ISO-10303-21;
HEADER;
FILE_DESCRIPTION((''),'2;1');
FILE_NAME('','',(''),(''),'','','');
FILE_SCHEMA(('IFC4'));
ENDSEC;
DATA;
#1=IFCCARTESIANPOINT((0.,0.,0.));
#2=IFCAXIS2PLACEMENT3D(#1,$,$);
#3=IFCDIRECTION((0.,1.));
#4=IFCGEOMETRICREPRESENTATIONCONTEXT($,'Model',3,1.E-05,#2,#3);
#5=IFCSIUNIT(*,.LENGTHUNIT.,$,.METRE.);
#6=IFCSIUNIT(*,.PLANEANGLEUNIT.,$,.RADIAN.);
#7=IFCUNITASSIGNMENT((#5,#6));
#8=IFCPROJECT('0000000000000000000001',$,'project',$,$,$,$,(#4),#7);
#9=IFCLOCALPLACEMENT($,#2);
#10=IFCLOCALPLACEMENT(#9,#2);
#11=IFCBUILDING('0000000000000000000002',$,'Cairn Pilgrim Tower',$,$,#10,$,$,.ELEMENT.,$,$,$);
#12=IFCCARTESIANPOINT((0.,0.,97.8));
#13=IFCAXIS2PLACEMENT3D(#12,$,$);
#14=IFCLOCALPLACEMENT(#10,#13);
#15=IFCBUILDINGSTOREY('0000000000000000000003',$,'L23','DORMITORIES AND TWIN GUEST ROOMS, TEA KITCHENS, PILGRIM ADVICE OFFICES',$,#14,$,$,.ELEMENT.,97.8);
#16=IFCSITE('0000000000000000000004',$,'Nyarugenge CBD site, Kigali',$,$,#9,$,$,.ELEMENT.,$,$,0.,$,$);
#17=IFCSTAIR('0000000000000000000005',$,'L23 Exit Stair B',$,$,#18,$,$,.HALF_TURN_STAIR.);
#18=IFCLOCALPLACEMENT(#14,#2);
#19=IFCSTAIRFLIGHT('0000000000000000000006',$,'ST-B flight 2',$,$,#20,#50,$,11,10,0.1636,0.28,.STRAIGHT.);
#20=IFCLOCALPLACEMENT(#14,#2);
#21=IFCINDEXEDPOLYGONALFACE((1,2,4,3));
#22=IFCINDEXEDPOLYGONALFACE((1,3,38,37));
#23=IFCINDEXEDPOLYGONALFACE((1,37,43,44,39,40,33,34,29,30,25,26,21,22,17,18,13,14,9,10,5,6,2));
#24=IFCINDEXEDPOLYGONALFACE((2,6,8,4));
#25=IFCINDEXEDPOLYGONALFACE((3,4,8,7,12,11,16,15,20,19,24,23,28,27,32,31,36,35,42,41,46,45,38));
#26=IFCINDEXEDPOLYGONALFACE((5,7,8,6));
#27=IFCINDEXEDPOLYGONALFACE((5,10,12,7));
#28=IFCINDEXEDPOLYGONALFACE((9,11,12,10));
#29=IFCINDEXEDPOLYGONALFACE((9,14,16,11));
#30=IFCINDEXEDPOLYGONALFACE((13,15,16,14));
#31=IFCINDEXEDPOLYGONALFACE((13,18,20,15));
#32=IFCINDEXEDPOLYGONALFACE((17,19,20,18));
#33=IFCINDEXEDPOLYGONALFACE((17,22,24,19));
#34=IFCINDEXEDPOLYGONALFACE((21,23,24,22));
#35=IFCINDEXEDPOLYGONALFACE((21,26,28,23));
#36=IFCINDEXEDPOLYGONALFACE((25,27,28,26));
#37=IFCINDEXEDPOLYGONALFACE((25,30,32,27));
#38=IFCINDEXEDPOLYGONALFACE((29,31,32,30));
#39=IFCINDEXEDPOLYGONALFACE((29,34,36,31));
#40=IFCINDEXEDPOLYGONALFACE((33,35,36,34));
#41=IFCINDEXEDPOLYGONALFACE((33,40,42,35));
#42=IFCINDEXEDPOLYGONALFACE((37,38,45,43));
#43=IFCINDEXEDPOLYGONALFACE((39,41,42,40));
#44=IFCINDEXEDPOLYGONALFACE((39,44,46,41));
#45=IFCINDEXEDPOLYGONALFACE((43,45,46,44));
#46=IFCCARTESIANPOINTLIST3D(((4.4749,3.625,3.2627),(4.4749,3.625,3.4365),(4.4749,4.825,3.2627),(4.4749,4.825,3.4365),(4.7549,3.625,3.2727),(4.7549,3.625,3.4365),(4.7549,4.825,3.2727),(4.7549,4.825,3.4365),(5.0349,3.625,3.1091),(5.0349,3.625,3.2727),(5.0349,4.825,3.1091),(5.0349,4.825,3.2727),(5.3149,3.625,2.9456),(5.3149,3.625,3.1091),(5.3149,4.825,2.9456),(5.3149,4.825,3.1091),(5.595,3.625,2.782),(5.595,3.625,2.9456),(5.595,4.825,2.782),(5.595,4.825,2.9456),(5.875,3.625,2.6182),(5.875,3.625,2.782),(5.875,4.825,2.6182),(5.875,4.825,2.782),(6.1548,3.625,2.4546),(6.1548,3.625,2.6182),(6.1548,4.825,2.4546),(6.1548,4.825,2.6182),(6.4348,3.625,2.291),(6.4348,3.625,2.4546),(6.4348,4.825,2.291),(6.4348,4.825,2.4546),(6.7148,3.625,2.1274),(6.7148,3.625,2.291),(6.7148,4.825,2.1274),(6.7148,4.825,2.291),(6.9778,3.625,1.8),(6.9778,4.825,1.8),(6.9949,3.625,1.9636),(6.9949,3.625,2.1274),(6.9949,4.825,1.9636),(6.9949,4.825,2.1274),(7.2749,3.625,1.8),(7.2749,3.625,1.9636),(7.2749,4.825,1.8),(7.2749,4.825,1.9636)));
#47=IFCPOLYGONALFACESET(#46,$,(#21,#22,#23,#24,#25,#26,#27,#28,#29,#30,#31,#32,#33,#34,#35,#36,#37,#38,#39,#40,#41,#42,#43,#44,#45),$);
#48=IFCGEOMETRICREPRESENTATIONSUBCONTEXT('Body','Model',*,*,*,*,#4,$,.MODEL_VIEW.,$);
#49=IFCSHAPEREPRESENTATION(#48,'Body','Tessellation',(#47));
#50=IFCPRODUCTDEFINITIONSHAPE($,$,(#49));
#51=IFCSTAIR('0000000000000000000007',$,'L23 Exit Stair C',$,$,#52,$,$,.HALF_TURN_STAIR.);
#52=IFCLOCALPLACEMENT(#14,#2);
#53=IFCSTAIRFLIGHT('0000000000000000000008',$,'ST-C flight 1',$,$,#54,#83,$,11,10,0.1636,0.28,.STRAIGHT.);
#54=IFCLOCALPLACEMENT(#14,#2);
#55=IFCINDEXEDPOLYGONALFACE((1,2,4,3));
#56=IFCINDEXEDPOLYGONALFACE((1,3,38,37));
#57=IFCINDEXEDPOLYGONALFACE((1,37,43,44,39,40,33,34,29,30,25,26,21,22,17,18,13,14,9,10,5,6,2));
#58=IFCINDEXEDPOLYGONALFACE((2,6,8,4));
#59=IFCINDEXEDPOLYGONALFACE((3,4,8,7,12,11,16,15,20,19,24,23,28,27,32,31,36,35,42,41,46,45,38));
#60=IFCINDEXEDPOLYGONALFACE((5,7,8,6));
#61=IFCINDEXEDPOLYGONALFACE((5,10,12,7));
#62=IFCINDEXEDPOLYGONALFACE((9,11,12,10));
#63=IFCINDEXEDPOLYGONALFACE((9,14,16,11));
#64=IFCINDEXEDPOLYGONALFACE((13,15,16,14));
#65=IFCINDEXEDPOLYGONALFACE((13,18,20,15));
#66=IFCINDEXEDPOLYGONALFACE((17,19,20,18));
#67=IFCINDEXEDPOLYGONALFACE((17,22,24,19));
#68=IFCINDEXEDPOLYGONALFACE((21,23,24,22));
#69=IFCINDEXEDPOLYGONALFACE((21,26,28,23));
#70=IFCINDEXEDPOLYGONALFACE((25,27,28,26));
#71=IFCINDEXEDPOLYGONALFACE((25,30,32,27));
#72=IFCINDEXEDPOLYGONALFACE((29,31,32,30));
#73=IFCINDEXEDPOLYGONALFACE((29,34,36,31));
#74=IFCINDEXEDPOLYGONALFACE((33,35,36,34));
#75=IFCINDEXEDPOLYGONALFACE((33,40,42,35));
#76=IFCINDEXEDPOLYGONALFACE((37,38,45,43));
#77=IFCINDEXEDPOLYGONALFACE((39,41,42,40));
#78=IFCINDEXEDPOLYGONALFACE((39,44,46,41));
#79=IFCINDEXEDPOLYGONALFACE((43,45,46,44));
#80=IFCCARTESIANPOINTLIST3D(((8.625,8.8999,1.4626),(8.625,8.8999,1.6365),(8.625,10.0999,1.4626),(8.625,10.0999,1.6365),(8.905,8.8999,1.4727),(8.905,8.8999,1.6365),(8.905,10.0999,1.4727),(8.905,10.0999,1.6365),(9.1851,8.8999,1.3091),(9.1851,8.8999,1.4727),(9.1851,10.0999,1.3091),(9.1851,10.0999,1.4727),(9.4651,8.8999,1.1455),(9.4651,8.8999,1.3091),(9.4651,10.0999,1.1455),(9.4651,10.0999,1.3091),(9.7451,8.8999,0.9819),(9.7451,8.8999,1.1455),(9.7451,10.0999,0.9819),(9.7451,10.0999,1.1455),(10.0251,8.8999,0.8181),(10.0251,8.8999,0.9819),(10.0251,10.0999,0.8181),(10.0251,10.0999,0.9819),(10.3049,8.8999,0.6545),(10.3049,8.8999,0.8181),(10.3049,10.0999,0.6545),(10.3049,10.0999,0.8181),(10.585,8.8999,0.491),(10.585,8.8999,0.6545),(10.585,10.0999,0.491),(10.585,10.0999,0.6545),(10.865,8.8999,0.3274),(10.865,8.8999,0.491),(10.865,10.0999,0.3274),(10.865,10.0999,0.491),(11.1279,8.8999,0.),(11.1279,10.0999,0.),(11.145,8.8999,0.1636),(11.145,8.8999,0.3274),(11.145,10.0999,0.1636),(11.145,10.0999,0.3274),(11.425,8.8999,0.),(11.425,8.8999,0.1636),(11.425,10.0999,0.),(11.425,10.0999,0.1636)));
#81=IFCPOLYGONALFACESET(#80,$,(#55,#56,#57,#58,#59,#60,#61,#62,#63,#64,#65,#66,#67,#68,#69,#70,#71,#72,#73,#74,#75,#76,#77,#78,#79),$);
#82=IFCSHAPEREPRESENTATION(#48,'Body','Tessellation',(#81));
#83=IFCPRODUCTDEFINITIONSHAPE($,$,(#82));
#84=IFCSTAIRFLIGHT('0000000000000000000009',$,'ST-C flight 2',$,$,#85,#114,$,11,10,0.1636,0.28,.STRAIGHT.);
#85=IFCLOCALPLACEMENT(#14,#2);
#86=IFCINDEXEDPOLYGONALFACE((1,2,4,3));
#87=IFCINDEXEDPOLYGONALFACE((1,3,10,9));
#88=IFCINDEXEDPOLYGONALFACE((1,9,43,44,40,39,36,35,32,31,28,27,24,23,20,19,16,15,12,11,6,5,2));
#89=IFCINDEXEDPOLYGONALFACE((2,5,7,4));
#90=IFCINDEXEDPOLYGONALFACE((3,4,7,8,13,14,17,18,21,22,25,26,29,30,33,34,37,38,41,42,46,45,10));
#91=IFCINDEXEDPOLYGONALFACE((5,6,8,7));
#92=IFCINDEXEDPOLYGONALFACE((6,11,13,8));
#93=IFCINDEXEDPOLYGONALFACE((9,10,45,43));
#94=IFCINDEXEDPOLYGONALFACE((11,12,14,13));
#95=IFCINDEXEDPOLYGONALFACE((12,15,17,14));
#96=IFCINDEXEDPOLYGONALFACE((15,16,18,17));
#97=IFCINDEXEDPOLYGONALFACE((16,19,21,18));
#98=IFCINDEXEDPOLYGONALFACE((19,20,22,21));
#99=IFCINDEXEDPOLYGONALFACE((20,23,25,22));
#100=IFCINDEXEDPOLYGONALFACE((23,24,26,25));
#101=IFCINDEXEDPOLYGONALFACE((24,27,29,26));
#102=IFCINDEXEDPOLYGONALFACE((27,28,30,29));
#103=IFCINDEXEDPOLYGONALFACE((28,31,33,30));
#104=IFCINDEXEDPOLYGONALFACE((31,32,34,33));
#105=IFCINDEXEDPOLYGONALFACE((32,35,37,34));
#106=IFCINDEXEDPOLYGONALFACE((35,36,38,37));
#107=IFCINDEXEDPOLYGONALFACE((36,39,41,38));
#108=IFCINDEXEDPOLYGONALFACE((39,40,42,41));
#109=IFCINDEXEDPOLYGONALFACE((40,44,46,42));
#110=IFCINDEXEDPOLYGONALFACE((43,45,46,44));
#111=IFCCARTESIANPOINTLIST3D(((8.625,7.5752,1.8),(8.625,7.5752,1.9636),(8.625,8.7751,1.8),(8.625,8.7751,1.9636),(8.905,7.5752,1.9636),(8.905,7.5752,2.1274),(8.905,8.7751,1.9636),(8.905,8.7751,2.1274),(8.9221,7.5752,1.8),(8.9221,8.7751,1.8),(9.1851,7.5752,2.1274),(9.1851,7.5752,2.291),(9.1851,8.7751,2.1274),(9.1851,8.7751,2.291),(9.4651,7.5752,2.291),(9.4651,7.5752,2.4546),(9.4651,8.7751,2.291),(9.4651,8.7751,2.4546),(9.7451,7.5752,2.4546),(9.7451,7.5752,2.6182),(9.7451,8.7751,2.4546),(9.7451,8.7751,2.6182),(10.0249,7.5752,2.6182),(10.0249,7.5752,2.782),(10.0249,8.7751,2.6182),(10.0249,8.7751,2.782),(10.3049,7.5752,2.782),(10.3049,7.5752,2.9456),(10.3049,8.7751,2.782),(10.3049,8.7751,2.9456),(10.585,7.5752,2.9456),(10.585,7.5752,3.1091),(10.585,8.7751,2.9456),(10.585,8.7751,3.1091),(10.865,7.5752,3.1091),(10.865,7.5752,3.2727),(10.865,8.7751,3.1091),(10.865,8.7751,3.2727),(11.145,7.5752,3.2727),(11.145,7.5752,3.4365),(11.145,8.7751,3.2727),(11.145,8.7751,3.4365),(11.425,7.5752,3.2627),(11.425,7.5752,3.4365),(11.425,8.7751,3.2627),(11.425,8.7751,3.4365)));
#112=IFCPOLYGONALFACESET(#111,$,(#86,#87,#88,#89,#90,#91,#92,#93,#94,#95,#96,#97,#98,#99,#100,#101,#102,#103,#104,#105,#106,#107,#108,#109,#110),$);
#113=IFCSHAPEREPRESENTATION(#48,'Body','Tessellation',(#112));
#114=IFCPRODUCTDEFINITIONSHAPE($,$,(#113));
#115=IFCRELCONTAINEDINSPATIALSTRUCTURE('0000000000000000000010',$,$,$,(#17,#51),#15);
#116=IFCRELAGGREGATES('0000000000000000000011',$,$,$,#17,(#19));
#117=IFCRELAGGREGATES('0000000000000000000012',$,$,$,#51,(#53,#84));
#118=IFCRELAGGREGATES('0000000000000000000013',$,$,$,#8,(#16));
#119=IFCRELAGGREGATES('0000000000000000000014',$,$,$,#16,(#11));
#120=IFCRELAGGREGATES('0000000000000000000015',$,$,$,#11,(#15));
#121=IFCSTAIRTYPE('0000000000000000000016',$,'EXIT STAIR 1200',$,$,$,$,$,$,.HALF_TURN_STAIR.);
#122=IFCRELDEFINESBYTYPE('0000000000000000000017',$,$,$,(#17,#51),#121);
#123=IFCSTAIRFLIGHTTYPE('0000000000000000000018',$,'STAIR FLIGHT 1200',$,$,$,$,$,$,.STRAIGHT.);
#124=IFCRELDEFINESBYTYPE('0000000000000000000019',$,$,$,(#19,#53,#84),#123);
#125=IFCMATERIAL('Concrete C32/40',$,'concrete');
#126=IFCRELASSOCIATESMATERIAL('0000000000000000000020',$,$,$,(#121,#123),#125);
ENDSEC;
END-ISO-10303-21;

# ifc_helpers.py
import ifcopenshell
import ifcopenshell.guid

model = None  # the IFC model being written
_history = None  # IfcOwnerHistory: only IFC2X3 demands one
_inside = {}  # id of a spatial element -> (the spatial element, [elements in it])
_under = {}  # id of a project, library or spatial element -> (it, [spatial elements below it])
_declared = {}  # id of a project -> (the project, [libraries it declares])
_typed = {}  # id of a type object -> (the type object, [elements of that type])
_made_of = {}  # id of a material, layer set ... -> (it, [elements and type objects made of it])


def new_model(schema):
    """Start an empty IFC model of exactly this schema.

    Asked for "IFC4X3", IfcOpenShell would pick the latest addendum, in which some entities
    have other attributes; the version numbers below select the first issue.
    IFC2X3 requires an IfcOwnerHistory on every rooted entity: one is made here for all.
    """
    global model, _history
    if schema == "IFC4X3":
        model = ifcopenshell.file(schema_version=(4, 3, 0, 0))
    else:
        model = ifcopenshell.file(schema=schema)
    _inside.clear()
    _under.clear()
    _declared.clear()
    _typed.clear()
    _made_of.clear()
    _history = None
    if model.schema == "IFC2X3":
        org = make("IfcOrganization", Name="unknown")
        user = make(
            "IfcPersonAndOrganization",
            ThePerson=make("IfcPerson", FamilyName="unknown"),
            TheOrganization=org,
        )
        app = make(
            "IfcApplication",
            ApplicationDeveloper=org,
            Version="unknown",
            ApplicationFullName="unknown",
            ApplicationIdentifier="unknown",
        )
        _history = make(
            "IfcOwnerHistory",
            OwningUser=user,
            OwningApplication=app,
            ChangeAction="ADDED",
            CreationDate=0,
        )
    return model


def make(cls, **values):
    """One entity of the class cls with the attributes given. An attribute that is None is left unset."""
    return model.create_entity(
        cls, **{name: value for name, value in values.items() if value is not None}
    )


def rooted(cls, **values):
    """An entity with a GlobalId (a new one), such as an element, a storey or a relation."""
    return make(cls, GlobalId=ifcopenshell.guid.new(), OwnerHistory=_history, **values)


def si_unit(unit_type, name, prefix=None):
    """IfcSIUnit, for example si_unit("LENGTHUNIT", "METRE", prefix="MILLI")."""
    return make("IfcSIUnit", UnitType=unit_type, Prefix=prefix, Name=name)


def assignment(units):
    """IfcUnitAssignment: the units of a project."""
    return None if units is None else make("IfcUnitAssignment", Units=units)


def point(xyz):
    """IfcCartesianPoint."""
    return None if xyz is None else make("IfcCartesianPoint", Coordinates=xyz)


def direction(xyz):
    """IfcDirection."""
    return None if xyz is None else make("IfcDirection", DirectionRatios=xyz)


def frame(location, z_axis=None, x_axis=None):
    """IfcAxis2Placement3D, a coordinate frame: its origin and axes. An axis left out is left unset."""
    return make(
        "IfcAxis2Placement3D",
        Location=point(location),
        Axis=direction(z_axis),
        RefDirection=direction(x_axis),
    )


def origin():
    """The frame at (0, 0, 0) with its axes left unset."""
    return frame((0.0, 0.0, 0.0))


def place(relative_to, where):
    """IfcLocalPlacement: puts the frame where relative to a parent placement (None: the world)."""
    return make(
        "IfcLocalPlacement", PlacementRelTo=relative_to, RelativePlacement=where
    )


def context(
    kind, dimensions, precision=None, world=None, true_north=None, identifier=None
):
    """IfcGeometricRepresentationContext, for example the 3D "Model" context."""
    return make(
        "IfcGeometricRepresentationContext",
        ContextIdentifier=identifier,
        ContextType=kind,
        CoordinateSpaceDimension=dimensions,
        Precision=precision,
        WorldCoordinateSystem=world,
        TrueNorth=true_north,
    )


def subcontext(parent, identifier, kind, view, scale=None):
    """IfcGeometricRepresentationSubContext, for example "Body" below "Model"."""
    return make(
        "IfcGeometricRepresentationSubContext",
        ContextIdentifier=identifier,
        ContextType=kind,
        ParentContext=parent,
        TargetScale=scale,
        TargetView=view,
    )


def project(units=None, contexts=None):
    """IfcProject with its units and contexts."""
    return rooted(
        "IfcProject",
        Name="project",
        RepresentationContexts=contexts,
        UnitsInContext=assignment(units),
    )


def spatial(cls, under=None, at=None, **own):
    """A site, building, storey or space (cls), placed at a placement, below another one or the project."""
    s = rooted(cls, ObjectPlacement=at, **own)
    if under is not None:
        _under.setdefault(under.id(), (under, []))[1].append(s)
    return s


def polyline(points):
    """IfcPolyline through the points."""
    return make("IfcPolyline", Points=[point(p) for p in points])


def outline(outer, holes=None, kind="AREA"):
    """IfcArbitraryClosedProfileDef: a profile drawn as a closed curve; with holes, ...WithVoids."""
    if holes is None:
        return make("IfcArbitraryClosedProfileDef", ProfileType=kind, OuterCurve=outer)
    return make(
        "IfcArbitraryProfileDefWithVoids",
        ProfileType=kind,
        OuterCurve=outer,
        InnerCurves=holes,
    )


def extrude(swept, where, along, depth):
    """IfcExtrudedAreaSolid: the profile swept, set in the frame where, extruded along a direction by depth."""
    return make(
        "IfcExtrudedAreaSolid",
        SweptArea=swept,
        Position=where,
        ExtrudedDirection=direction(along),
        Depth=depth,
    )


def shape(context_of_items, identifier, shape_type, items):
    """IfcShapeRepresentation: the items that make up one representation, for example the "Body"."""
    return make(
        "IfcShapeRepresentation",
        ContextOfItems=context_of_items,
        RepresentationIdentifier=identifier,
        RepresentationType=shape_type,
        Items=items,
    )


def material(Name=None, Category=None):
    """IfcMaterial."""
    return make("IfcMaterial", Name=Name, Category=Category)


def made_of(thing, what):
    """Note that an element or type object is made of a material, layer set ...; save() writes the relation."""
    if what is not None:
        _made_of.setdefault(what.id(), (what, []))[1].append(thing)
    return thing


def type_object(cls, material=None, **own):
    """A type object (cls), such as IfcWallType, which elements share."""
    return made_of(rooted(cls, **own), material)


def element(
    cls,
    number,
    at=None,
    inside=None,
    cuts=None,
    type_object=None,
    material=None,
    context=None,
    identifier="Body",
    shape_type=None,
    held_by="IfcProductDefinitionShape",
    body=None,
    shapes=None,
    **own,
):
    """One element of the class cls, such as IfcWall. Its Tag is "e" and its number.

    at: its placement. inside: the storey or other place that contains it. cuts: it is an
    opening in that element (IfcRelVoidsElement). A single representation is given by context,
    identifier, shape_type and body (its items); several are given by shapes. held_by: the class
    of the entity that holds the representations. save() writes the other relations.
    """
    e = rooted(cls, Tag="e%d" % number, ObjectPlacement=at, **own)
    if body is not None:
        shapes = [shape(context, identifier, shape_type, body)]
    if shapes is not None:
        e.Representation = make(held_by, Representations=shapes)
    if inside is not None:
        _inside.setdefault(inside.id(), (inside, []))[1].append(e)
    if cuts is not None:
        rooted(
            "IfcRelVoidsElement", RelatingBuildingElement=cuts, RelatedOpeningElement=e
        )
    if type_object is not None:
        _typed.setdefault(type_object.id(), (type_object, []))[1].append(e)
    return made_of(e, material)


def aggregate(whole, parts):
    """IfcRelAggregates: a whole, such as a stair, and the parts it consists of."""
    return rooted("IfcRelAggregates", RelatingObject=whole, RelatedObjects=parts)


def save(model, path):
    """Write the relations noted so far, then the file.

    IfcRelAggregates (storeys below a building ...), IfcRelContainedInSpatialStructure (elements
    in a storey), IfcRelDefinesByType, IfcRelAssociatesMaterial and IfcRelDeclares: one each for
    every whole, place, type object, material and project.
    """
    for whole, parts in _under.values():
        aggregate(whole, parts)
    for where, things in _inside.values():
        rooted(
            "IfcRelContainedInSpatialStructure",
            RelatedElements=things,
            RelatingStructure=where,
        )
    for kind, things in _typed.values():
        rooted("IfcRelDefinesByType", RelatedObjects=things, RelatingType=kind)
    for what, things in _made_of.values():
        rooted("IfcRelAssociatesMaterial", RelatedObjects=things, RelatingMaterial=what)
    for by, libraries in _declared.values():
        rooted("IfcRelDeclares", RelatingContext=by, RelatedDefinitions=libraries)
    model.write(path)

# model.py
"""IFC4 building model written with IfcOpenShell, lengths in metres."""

from ifc_helpers import new_model, si_unit, direction, frame, origin, place, context, subcontext, project, spatial, polyline, outline, extrude, material, type_object, element, aggregate, save


model = new_model("IFC4")

# Units and contexts
model_context = context("Model", 3, precision=1e-05, world=origin(), true_north=direction((0.0, 1.0)))
body_context = subcontext(model_context, "Body", "Model", "MODEL_VIEW")
ifc_project = project(units=[si_unit("LENGTHUNIT", "METRE"), si_unit("PLANEANGLEUNIT", "RADIAN")], contexts=[model_context])

# Site, building, storey
site_placement = place(None, origin())
site = spatial("IfcSite", under=ifc_project, at=site_placement, Name="Nyarugenge CBD site, Kigali", CompositionType="ELEMENT", RefElevation=0.0)
building_placement = place(site_placement, origin())
building = spatial("IfcBuilding", under=site, at=building_placement, Name="Cairn Pilgrim Tower", CompositionType="ELEMENT")
storey_placement = place(building_placement, frame((0.0, 0.0, 97.8)))
storey = spatial("IfcBuildingStorey", under=building, at=storey_placement, Name="L23", Description="DORMITORIES AND TWIN GUEST ROOMS, TEA KITCHENS, PILGRIM ADVICE OFFICES", CompositionType="ELEMENT", Elevation=97.8)

# Shared definitions
ifc_material_1 = material(Name="Concrete C32/40", Category="concrete")

# Stairs, stair flights
stair_type = type_object("IfcStairType", Name="EXIT STAIR 1200", PredefinedType="HALF_TURN_STAIR", material=ifc_material_1)
stair_1_placement = place(storey_placement, origin())
stair_1 = element("IfcStair", 1, at=stair_1_placement, inside=storey, type_object=stair_type, Name="L23 Exit Stair B", PredefinedType="HALF_TURN_STAIR")
stair_flight_type = type_object("IfcStairFlightType", Name="STAIR FLIGHT 1200", PredefinedType="STRAIGHT", material=ifc_material_1)
stair_flight_1_placement = place(storey_placement, frame((7.2749, 4.2251, 1.8), z_axis=(0.0, 0.0, 1.0), x_axis=(-1.0, 0.0, 0.0)))
stair_flight_1 = element("IfcStairFlight", 2, at=stair_flight_1_placement, type_object=stair_flight_type, Name="ST-B flight 2", NumberOfRisers=11, NumberOfTreads=10, PredefinedType="STRAIGHT", RiserHeight=0.1636, TreadLength=0.28, context=body_context, shape_type="SweptSolid", body=[
    extrude(outline(polyline([(0.0, 0.0), (0.0, 0.1636), (0.28, 0.1636), (0.28, 0.3274), (0.5601, 0.3274), (0.5601, 0.491), (0.8401, 0.491), (0.8401, 0.6545), (1.1201, 0.6545), (1.1201, 0.8181), (1.3999, 0.8181), (1.3999, 0.9819), (1.6799, 0.9819), (1.6799, 1.1455), (1.96, 1.1455), (1.96, 1.3091), (2.24, 1.3091), (2.24, 1.4727), (2.52, 1.4727), (2.52, 1.6365), (2.8, 1.6365), (2.8, 1.8), (2.8, 1.4626), (0.2971, 0.0), (0.0, 0.0)])), frame((0.0, 0.6001, 0.0), z_axis=(0.0, -1.0, 0.0), x_axis=(1.0, 0.0, 0.0)), (0.0, 0.0, 1.0), 1.2),
])
aggregate(stair_1, [stair_flight_1])
stair_2_placement = place(storey_placement, origin())
stair_2 = element("IfcStair", 3, at=stair_2_placement, inside=storey, type_object=stair_type, Name="L23 Exit Stair C", PredefinedType="HALF_TURN_STAIR")
stair_flight_2_placement = place(storey_placement, frame((11.425, 9.5, 0.0), z_axis=(0.0, 0.0, 1.0), x_axis=(-1.0, 0.0, 0.0)))
stair_flight_2 = element("IfcStairFlight", 4, at=stair_flight_2_placement, type_object=stair_flight_type, Name="ST-C flight 1", NumberOfRisers=11, NumberOfTreads=10, PredefinedType="STRAIGHT", RiserHeight=0.1636, TreadLength=0.28, context=body_context, shape_type="SweptSolid", body=[
    extrude(outline(polyline([(0.0, 0.0), (0.0, 0.1636), (0.28, 0.1636), (0.28, 0.3274), (0.5601, 0.3274), (0.5601, 0.491), (0.8401, 0.491), (0.8401, 0.6545), (1.1201, 0.6545), (1.1201, 0.8181), (1.3999, 0.8181), (1.3999, 0.9819), (1.6799, 0.9819), (1.6799, 1.1455), (1.96, 1.1455), (1.96, 1.3091), (2.24, 1.3091), (2.24, 1.4727), (2.52, 1.4727), (2.52, 1.6365), (2.8, 1.6365), (2.8, 1.8), (2.8, 1.4626), (0.2971, 0.0), (0.0, 0.0)])), frame((0.0, 0.6001, 0.0), z_axis=(0.0, -1.0, 0.0), x_axis=(1.0, 0.0, 0.0)), (0.0, 0.0, 1.0), 1.2),
])
stair_flight_3_placement = place(storey_placement, frame((8.625, 8.175, 1.8), z_axis=(0.0, 0.0, 1.0), x_axis=(1.0, 0.0, 0.0)))
stair_flight_3 = element("IfcStairFlight", 5, at=stair_flight_3_placement, type_object=stair_flight_type, Name="ST-C flight 2", NumberOfRisers=11, NumberOfTreads=10, PredefinedType="STRAIGHT", RiserHeight=0.1636, TreadLength=0.28, context=body_context, shape_type="SweptSolid", body=[
    extrude(outline(polyline([(0.0, 0.0), (0.0, 0.1636), (0.28, 0.1636), (0.28, 0.3274), (0.5601, 0.3274), (0.5601, 0.491), (0.8401, 0.491), (0.8401, 0.6545), (1.1201, 0.6545), (1.1201, 0.8181), (1.3999, 0.8181), (1.3999, 0.9819), (1.6799, 0.9819), (1.6799, 1.1455), (1.96, 1.1455), (1.96, 1.3091), (2.24, 1.3091), (2.24, 1.4727), (2.52, 1.4727), (2.52, 1.6365), (2.8, 1.6365), (2.8, 1.8), (2.8, 1.4626), (0.2971, 0.0), (0.0, 0.0)])), frame((0.0, 0.6001, 0.0), z_axis=(0.0, -1.0, 0.0), x_axis=(1.0, 0.0, 0.0)), (0.0, 0.0, 1.0), 1.2),
])
aggregate(stair_2, [stair_flight_2, stair_flight_3])

save(model, "model.ifc")
